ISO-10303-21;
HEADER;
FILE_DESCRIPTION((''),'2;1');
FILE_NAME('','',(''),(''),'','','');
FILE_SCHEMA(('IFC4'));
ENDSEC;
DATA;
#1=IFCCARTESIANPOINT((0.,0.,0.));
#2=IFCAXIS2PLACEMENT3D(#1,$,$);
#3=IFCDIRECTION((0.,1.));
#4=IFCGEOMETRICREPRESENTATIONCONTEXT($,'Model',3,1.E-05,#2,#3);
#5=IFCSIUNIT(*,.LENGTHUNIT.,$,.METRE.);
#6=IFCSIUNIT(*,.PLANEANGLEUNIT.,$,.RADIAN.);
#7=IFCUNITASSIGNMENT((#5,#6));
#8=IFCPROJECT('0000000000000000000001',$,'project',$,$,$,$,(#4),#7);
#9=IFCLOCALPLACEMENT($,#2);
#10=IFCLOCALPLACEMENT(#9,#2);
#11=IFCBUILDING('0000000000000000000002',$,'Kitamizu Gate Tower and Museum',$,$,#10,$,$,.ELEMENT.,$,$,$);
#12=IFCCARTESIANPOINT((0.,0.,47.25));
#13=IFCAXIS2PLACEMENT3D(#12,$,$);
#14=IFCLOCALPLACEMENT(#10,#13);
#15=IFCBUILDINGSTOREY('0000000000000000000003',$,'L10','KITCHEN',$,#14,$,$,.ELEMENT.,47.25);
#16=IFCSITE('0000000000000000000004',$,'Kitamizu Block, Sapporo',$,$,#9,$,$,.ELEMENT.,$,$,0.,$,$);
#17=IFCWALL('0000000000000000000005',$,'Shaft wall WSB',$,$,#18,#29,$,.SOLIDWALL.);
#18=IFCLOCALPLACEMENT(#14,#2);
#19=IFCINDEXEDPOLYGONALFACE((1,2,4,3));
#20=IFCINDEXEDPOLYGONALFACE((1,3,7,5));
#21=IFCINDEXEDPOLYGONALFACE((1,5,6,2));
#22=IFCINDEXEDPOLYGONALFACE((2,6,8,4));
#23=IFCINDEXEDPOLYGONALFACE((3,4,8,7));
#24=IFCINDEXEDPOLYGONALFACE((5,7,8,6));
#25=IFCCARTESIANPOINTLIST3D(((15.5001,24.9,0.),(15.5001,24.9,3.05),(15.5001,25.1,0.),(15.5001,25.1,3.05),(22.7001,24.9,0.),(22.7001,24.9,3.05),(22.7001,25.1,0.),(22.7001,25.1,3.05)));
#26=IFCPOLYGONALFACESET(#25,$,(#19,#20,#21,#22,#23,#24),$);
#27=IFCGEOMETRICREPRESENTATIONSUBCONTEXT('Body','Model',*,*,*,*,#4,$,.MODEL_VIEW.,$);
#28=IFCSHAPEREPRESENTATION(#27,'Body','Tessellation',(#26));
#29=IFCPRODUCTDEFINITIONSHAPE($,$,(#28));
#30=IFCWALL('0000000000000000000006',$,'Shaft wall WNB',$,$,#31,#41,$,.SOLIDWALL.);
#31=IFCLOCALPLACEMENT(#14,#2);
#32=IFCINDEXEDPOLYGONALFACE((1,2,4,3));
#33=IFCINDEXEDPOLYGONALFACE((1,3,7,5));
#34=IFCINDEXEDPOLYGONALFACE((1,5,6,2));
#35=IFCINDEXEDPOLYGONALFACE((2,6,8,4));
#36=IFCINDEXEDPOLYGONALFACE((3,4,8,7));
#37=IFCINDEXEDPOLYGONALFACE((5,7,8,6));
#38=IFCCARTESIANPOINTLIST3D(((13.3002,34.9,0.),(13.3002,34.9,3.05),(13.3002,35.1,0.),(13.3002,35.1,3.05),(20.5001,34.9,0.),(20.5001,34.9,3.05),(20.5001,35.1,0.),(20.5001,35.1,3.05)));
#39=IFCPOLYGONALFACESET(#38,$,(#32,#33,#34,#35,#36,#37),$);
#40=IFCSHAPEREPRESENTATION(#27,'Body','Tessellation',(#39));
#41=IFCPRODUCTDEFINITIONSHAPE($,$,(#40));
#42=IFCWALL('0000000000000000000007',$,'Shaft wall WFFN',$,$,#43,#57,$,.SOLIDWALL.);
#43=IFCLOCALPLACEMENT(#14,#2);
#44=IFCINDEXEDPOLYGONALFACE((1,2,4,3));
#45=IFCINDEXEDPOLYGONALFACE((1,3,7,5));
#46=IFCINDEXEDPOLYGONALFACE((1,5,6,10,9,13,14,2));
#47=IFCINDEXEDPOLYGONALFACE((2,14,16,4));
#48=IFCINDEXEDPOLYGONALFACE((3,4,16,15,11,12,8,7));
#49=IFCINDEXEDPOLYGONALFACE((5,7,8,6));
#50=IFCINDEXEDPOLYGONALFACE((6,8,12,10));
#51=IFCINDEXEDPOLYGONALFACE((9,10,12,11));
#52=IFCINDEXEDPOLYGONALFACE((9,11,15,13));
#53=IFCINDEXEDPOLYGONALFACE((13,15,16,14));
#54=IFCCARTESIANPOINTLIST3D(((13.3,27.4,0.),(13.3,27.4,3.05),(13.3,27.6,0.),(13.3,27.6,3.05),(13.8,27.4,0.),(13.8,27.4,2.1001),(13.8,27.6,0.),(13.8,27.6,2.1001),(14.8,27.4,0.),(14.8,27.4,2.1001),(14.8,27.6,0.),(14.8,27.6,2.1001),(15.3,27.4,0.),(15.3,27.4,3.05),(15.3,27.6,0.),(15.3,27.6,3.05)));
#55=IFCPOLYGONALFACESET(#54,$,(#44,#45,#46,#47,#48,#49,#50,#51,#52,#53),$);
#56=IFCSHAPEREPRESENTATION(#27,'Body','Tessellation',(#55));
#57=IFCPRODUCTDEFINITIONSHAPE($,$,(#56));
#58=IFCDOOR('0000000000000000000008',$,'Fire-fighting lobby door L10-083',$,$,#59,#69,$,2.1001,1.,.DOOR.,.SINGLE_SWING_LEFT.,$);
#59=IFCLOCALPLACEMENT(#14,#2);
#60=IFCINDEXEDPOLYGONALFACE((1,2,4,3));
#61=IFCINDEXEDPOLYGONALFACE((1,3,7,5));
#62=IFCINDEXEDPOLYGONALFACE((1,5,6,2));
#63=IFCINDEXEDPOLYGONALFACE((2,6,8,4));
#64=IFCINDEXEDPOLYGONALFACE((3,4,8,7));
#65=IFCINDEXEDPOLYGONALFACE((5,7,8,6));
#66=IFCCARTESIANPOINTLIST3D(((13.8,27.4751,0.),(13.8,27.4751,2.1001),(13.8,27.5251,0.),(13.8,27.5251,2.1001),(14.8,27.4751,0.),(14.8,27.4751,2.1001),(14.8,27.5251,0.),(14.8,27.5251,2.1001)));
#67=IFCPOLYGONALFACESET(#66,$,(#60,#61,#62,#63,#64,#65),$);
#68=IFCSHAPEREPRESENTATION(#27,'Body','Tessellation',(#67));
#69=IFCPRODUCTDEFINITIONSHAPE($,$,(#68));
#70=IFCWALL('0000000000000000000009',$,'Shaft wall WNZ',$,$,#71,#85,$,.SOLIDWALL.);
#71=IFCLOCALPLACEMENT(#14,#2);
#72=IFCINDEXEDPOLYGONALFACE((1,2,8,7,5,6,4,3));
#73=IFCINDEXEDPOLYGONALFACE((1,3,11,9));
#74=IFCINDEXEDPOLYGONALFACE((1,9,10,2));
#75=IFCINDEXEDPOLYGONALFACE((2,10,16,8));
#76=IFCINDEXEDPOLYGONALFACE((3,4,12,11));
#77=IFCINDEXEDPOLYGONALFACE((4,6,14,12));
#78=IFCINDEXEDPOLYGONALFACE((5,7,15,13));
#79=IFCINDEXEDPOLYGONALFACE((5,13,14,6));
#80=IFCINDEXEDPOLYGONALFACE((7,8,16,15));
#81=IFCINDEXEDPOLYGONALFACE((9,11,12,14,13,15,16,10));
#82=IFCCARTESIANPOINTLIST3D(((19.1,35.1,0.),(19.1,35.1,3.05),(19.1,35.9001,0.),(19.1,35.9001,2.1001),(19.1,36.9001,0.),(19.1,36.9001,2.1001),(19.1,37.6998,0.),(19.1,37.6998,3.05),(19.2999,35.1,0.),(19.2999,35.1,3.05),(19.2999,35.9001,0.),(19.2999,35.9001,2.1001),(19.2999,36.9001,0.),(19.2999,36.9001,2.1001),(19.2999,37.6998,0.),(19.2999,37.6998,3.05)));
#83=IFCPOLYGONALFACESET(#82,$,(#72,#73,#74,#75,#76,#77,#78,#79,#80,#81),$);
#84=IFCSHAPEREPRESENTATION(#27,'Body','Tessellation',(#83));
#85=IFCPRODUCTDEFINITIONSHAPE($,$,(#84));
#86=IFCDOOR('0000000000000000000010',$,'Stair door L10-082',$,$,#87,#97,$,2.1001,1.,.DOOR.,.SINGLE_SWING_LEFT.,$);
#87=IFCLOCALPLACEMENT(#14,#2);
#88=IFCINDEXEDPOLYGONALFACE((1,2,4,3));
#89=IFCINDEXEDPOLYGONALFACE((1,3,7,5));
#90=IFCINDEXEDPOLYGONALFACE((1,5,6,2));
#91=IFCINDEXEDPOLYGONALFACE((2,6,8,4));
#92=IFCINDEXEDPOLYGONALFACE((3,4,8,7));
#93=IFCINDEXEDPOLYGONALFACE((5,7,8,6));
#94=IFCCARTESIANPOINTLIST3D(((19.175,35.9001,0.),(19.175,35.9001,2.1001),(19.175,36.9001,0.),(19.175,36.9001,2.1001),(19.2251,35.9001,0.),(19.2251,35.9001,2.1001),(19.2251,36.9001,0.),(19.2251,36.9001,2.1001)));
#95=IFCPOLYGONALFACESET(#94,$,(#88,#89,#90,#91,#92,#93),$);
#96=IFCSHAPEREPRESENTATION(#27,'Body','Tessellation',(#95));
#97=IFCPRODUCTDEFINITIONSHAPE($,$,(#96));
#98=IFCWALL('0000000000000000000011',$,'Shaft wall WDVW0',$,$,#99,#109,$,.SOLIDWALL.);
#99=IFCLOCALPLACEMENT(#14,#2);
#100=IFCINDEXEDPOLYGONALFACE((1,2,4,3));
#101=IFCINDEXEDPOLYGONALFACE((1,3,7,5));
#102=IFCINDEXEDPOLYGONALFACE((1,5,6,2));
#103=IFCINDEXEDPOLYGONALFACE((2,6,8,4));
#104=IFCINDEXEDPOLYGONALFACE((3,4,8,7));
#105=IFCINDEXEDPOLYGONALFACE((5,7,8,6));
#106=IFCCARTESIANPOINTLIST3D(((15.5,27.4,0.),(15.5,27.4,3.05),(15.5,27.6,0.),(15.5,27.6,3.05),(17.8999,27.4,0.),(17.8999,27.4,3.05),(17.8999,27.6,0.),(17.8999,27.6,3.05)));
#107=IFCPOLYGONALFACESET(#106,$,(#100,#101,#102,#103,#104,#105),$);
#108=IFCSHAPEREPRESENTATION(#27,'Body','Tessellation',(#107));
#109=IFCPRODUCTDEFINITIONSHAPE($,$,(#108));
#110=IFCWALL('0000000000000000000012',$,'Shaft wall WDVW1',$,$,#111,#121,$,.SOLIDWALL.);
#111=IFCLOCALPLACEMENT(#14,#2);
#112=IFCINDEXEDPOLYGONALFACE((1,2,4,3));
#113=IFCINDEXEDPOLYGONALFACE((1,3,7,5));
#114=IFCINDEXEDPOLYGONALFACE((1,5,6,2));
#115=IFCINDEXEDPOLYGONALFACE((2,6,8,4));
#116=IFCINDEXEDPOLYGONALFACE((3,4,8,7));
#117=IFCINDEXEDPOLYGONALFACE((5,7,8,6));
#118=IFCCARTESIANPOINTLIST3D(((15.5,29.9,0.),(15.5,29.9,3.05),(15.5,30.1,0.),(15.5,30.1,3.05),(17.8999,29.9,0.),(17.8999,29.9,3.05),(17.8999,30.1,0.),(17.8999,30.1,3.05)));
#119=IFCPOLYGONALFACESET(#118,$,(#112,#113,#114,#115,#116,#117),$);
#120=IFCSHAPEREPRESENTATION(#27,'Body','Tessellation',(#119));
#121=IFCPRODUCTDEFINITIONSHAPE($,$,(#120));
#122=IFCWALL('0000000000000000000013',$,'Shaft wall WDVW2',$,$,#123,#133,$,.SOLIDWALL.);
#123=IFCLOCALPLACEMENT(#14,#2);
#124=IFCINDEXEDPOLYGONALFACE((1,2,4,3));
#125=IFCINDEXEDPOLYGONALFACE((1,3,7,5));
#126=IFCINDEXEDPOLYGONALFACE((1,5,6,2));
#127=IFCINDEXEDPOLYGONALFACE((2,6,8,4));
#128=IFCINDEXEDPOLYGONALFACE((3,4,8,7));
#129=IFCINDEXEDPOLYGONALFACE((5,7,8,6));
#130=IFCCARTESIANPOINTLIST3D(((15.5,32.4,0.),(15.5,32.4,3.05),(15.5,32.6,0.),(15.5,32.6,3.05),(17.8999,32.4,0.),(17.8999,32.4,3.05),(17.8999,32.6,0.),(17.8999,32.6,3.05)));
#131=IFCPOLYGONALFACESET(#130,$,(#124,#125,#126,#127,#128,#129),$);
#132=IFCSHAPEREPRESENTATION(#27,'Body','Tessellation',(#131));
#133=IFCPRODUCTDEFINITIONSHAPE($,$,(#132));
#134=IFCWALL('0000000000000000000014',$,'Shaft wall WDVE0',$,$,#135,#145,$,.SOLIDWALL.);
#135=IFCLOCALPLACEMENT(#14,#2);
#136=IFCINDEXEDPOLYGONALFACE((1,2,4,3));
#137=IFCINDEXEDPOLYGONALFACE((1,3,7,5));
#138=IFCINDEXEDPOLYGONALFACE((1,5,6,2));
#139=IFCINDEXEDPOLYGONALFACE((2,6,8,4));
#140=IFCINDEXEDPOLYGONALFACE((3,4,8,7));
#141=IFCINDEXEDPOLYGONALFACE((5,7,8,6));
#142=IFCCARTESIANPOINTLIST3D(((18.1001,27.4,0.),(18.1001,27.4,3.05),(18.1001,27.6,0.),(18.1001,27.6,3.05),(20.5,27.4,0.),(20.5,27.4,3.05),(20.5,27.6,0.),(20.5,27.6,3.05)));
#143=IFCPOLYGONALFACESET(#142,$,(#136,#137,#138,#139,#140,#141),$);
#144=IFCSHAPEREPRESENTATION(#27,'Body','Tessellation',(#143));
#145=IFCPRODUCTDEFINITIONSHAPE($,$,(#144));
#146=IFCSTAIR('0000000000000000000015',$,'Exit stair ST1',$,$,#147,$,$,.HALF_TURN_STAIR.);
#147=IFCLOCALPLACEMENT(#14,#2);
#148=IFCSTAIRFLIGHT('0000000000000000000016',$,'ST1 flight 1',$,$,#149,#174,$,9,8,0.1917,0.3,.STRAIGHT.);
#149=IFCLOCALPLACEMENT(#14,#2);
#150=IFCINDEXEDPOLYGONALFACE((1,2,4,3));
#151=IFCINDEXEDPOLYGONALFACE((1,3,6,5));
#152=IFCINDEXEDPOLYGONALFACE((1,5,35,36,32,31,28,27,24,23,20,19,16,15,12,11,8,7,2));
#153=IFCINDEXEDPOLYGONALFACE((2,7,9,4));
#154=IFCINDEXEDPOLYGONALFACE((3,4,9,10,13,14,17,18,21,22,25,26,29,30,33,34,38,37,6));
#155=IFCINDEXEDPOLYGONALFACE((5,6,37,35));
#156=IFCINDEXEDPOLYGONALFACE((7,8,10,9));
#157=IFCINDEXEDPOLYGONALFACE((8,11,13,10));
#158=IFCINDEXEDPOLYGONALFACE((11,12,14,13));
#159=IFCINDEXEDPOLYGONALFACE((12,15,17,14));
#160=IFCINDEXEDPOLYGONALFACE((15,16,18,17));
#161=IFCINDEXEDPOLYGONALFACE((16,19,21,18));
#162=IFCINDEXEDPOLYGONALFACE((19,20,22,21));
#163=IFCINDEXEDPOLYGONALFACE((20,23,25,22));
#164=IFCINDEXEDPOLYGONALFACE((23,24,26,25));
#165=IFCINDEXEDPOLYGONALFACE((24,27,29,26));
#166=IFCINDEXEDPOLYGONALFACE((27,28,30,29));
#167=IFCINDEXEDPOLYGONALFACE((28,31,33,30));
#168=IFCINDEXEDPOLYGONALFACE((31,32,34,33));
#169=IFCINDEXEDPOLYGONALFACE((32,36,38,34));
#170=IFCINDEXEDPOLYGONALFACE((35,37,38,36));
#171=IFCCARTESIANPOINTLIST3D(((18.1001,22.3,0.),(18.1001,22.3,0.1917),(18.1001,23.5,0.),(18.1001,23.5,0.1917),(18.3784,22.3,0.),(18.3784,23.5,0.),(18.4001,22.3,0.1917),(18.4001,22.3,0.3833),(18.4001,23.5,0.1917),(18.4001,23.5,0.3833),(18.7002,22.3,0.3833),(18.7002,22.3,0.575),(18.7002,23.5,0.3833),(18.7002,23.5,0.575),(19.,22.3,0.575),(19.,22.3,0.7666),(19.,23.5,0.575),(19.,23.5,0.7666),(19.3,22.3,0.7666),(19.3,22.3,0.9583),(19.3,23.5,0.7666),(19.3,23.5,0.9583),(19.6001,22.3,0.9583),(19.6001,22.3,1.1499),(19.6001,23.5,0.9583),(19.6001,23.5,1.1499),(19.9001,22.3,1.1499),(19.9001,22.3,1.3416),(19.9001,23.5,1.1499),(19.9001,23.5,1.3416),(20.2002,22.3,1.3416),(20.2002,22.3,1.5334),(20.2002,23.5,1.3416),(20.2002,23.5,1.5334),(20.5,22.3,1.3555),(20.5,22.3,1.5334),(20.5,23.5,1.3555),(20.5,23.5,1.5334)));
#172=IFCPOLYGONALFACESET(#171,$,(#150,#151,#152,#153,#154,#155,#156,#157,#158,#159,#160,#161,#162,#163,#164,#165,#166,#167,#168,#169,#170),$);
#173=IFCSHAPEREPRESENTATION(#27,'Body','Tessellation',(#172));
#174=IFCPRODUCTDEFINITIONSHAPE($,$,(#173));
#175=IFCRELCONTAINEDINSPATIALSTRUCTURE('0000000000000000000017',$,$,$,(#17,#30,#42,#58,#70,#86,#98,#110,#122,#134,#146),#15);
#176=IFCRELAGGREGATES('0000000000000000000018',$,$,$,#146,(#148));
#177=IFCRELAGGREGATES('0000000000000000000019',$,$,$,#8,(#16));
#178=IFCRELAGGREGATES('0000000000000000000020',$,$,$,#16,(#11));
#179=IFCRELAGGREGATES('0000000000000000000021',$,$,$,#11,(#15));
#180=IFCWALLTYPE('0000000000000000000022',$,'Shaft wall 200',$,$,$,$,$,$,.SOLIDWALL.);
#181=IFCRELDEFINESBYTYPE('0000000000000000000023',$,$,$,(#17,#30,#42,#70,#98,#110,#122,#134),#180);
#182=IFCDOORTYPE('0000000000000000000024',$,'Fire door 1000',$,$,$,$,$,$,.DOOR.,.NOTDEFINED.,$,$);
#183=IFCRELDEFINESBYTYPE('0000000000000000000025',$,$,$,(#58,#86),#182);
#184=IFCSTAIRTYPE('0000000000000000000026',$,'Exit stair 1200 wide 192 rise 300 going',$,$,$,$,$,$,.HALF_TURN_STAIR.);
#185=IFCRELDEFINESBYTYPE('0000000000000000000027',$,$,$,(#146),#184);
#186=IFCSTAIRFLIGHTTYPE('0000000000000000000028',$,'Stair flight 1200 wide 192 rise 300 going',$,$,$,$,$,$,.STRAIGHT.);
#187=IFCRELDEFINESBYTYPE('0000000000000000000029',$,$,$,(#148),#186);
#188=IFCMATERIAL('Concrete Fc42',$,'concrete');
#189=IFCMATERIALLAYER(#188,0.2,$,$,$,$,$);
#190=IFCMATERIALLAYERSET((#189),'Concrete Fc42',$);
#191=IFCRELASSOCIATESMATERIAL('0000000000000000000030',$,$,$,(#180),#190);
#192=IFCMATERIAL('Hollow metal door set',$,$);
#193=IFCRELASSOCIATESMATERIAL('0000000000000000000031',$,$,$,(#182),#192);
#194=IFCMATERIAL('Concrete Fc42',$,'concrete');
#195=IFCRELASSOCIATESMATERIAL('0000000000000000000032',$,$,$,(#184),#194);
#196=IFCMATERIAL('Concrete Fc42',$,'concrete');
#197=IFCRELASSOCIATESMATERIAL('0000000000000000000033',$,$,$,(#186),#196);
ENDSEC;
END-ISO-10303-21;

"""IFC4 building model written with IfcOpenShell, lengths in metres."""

from ifc_helpers import new_model, si_unit, direction, frame, frame_2d, origin, place, context, subcontext, project, spatial, polyline, rectangle, outline, extrude, material, layer, layer_set, type_object, element, fill, aggregate, save


model = new_model("IFC4")

# Units and contexts
model_context = context("Model", 3, precision=1e-05, world=origin(), true_north=direction((0.0, 1.0)))
body_context = subcontext(model_context, "Body", "Model", "MODEL_VIEW")
ifc_project = project(units=[si_unit("LENGTHUNIT", "METRE"), si_unit("PLANEANGLEUNIT", "RADIAN")], contexts=[model_context])

# Site, building, storey
site_placement = place(None, origin())
site = spatial("IfcSite", under=ifc_project, at=site_placement, Name="Kitamizu Block, Sapporo", CompositionType="ELEMENT", RefElevation=0.0)
building_placement = place(site_placement, origin())
building = spatial("IfcBuilding", under=site, at=building_placement, Name="Kitamizu Gate Tower and Museum", CompositionType="ELEMENT")
storey_placement = place(building_placement, frame((0.0, 0.0, 47.25)))
storey = spatial("IfcBuildingStorey", under=building, at=storey_placement, Name="L10", Description="KITCHEN", CompositionType="ELEMENT", Elevation=47.25)

# Walls
ifc_material_1 = material(Name="Concrete Fc42", Category="concrete")
ifc_layer_1 = layer(ifc_material_1, 0.2)
ifc_layer_set_1 = layer_set([ifc_layer_1], Name="Concrete Fc42")
wall_type_1 = type_object("IfcWallType", Name="Shaft wall 200", PredefinedType="SOLIDWALL", material=ifc_layer_set_1)
for number, where, z_axis, x_axis, name in (
    (1, (15.5, 25.0, 0.0), (0.0, 0.0, 1.0), (1.0, 0.0, 0.0), "Shaft wall WSB"),
    (2, (13.3, 35.0, 0.0), (0.0, 0.0, 1.0), (1.0, 0.0, 0.0), "Shaft wall WNB"),
):
    element("IfcWall", number, at=place(storey_placement, frame(where, z_axis=z_axis, x_axis=x_axis)), inside=storey, type_object=wall_type_1, Name=name, PredefinedType="SOLIDWALL", context=body_context, shape_type="SweptSolid", body=[
        extrude(rectangle(XDim=7.2, YDim=0.2, at=frame_2d((3.6001, 0.0))), origin(), (0.0, 0.0, 1.0), 3.05),
    ])

# Walls, openings, doors
wall_1_placement = place(storey_placement, frame((13.3, 27.5, 0.0), z_axis=(0.0, 0.0, 1.0), x_axis=(1.0, 0.0, 0.0)))
wall_1 = element("IfcWall", 3, at=wall_1_placement, inside=storey, type_object=wall_type_1, Name="Shaft wall WFFN", PredefinedType="SOLIDWALL", context=body_context, shape_type="SweptSolid", body=[
    extrude(rectangle(XDim=2.0, YDim=0.2, at=frame_2d((1.0, 0.0))), origin(), (0.0, 0.0, 1.0), 3.05),
])
opening_1_placement = place(wall_1_placement, frame((0.5, 0.0, 0.0)))
opening_1 = element("IfcOpeningElement", 4, at=opening_1_placement, cuts=wall_1, PredefinedType="OPENING", context=body_context, shape_type="SweptSolid", body=[
    extrude(rectangle(XDim=1.0, YDim=2.1001, at=frame_2d((0.5, 1.05))), frame((0.0, 0.1099, 0.0), z_axis=(0.0, -1.0, 0.0), x_axis=(1.0, 0.0, 0.0)), (0.0, 0.0, 1.0), 0.22),
])
ifc_material_2 = material(Name="Hollow metal door set")
door_type_1 = type_object("IfcDoorType", Name="Fire door 1000", OperationType="NOTDEFINED", PredefinedType="DOOR", material=ifc_material_2)
door_1_placement = place(opening_1_placement, frame((1.0, 0.0, 0.0), x_axis=(-1.0, 0.0, 0.0)))
door_1 = element("IfcDoor", 5, at=door_1_placement, inside=storey, type_object=door_type_1, Name="Fire-fighting lobby door L10-083", OperationType="SINGLE_SWING_LEFT", OverallHeight=2.1001, OverallWidth=1.0, PredefinedType="DOOR", context=body_context, shape_type="SweptSolid", body=[
    extrude(rectangle(XDim=1.0, YDim=2.1001, at=frame_2d((0.5, 1.05))), frame((0.0, 0.0249, 0.0), z_axis=(0.0, -1.0, 0.0), x_axis=(1.0, 0.0, 0.0)), (0.0, 0.0, 1.0), 0.05),
])
fill(opening_1, door_1)
wall_2_placement = place(storey_placement, frame((19.2, 35.1001, 0.0), z_axis=(0.0, 0.0, 1.0), x_axis=(0.0, 1.0, 0.0)))
wall_2 = element("IfcWall", 6, at=wall_2_placement, inside=storey, type_object=wall_type_1, Name="Shaft wall WNZ", PredefinedType="SOLIDWALL", context=body_context, shape_type="SweptSolid", body=[
    extrude(rectangle(XDim=2.5999, YDim=0.2, at=frame_2d((1.2998, 0.0))), origin(), (0.0, 0.0, 1.0), 3.05),
])
opening_2_placement = place(wall_2_placement, frame((0.8, 0.0, 0.0)))
opening_2 = element("IfcOpeningElement", 7, at=opening_2_placement, cuts=wall_2, PredefinedType="OPENING", context=body_context, shape_type="SweptSolid", body=[
    extrude(rectangle(XDim=1.0, YDim=2.1001, at=frame_2d((0.5, 1.05))), frame((0.0, 0.1099, 0.0), z_axis=(0.0, -1.0, 0.0), x_axis=(1.0, 0.0, 0.0)), (0.0, 0.0, 1.0), 0.22),
])
door_2_placement = place(opening_2_placement, origin())
door_2 = element("IfcDoor", 8, at=door_2_placement, inside=storey, type_object=door_type_1, Name="Stair door L10-082", OperationType="SINGLE_SWING_LEFT", OverallHeight=2.1001, OverallWidth=1.0, PredefinedType="DOOR", context=body_context, shape_type="SweptSolid", body=[
    extrude(rectangle(XDim=1.0, YDim=2.1001, at=frame_2d((0.5, 1.05))), frame((0.0, 0.0249, 0.0), z_axis=(0.0, -1.0, 0.0), x_axis=(1.0, 0.0, 0.0)), (0.0, 0.0, 1.0), 0.05),
])
fill(opening_2, door_2)

# Walls
for number, where, z_axis, x_axis, name in (
    (9, (15.5, 27.5, 0.0), (0.0, 0.0, 1.0), (1.0, 0.0, 0.0), "Shaft wall WDVW0"),
    (10, (15.5, 30.0, 0.0), (0.0, 0.0, 1.0), (1.0, 0.0, 0.0), "Shaft wall WDVW1"),
    (11, (15.5, 32.5, 0.0), (0.0, 0.0, 1.0), (1.0, 0.0, 0.0), "Shaft wall WDVW2"),
    (12, (18.1001, 27.5, 0.0), (0.0, 0.0, 1.0), (1.0, 0.0, 0.0), "Shaft wall WDVE0"),
):
    element("IfcWall", number, at=place(storey_placement, frame(where, z_axis=z_axis, x_axis=x_axis)), inside=storey, type_object=wall_type_1, Name=name, PredefinedType="SOLIDWALL", context=body_context, shape_type="SweptSolid", body=[
        extrude(rectangle(XDim=2.3999, YDim=0.2, at=frame_2d((1.2, 0.0))), origin(), (0.0, 0.0, 1.0), 3.05),
    ])

# Stair, stair flight
ifc_material_3 = material(Name="Concrete Fc42", Category="concrete")
stair_type = type_object("IfcStairType", Name="Exit stair 1200 wide 192 rise 300 going", PredefinedType="HALF_TURN_STAIR", material=ifc_material_3)
stair_1_placement = place(storey_placement, origin())
stair_1 = element("IfcStair", 13, at=stair_1_placement, inside=storey, type_object=stair_type, Name="Exit stair ST1", PredefinedType="HALF_TURN_STAIR")
ifc_material_4 = material(Name="Concrete Fc42", Category="concrete")
stair_flight_type = type_object("IfcStairFlightType", Name="Stair flight 1200 wide 192 rise 300 going", PredefinedType="STRAIGHT", material=ifc_material_4)
stair_flight_1_placement = place(storey_placement, frame((18.1001, 22.8999, 0.0), z_axis=(0.0, 0.0, 1.0), x_axis=(1.0, 0.0, 0.0)))
stair_flight_1 = element("IfcStairFlight", 14, at=stair_flight_1_placement, type_object=stair_flight_type, Name="ST1 flight 1", NumberOfRisers=9, NumberOfTreads=8, PredefinedType="STRAIGHT", RiserHeight=0.1917, TreadLength=0.3, context=body_context, shape_type="SweptSolid", body=[
    extrude(outline(polyline([(0.0, 0.0), (0.0, 0.1917), (0.3, 0.1917), (0.3, 0.3833), (0.6001, 0.3833), (0.6001, 0.575), (0.8999, 0.575), (0.8999, 0.7666), (1.2, 0.7666), (1.2, 0.9583), (1.5, 0.9583), (1.5, 1.1499), (1.8, 1.1499), (1.8, 1.3416), (2.1001, 1.3416), (2.1001, 1.5334), (2.3999, 1.5334), (2.3999, 1.7251), (2.3999, 1.3555), (0.2783, 0.0), (0.0, 0.0)])), frame((0.0, 0.6001, 0.0), z_axis=(0.0, -1.0, 0.0), x_axis=(1.0, 0.0, 0.0)), (0.0, 0.0, 1.0), 1.2),
])
aggregate(stair_1, [stair_flight_1])

save(model, "model.ifc")
